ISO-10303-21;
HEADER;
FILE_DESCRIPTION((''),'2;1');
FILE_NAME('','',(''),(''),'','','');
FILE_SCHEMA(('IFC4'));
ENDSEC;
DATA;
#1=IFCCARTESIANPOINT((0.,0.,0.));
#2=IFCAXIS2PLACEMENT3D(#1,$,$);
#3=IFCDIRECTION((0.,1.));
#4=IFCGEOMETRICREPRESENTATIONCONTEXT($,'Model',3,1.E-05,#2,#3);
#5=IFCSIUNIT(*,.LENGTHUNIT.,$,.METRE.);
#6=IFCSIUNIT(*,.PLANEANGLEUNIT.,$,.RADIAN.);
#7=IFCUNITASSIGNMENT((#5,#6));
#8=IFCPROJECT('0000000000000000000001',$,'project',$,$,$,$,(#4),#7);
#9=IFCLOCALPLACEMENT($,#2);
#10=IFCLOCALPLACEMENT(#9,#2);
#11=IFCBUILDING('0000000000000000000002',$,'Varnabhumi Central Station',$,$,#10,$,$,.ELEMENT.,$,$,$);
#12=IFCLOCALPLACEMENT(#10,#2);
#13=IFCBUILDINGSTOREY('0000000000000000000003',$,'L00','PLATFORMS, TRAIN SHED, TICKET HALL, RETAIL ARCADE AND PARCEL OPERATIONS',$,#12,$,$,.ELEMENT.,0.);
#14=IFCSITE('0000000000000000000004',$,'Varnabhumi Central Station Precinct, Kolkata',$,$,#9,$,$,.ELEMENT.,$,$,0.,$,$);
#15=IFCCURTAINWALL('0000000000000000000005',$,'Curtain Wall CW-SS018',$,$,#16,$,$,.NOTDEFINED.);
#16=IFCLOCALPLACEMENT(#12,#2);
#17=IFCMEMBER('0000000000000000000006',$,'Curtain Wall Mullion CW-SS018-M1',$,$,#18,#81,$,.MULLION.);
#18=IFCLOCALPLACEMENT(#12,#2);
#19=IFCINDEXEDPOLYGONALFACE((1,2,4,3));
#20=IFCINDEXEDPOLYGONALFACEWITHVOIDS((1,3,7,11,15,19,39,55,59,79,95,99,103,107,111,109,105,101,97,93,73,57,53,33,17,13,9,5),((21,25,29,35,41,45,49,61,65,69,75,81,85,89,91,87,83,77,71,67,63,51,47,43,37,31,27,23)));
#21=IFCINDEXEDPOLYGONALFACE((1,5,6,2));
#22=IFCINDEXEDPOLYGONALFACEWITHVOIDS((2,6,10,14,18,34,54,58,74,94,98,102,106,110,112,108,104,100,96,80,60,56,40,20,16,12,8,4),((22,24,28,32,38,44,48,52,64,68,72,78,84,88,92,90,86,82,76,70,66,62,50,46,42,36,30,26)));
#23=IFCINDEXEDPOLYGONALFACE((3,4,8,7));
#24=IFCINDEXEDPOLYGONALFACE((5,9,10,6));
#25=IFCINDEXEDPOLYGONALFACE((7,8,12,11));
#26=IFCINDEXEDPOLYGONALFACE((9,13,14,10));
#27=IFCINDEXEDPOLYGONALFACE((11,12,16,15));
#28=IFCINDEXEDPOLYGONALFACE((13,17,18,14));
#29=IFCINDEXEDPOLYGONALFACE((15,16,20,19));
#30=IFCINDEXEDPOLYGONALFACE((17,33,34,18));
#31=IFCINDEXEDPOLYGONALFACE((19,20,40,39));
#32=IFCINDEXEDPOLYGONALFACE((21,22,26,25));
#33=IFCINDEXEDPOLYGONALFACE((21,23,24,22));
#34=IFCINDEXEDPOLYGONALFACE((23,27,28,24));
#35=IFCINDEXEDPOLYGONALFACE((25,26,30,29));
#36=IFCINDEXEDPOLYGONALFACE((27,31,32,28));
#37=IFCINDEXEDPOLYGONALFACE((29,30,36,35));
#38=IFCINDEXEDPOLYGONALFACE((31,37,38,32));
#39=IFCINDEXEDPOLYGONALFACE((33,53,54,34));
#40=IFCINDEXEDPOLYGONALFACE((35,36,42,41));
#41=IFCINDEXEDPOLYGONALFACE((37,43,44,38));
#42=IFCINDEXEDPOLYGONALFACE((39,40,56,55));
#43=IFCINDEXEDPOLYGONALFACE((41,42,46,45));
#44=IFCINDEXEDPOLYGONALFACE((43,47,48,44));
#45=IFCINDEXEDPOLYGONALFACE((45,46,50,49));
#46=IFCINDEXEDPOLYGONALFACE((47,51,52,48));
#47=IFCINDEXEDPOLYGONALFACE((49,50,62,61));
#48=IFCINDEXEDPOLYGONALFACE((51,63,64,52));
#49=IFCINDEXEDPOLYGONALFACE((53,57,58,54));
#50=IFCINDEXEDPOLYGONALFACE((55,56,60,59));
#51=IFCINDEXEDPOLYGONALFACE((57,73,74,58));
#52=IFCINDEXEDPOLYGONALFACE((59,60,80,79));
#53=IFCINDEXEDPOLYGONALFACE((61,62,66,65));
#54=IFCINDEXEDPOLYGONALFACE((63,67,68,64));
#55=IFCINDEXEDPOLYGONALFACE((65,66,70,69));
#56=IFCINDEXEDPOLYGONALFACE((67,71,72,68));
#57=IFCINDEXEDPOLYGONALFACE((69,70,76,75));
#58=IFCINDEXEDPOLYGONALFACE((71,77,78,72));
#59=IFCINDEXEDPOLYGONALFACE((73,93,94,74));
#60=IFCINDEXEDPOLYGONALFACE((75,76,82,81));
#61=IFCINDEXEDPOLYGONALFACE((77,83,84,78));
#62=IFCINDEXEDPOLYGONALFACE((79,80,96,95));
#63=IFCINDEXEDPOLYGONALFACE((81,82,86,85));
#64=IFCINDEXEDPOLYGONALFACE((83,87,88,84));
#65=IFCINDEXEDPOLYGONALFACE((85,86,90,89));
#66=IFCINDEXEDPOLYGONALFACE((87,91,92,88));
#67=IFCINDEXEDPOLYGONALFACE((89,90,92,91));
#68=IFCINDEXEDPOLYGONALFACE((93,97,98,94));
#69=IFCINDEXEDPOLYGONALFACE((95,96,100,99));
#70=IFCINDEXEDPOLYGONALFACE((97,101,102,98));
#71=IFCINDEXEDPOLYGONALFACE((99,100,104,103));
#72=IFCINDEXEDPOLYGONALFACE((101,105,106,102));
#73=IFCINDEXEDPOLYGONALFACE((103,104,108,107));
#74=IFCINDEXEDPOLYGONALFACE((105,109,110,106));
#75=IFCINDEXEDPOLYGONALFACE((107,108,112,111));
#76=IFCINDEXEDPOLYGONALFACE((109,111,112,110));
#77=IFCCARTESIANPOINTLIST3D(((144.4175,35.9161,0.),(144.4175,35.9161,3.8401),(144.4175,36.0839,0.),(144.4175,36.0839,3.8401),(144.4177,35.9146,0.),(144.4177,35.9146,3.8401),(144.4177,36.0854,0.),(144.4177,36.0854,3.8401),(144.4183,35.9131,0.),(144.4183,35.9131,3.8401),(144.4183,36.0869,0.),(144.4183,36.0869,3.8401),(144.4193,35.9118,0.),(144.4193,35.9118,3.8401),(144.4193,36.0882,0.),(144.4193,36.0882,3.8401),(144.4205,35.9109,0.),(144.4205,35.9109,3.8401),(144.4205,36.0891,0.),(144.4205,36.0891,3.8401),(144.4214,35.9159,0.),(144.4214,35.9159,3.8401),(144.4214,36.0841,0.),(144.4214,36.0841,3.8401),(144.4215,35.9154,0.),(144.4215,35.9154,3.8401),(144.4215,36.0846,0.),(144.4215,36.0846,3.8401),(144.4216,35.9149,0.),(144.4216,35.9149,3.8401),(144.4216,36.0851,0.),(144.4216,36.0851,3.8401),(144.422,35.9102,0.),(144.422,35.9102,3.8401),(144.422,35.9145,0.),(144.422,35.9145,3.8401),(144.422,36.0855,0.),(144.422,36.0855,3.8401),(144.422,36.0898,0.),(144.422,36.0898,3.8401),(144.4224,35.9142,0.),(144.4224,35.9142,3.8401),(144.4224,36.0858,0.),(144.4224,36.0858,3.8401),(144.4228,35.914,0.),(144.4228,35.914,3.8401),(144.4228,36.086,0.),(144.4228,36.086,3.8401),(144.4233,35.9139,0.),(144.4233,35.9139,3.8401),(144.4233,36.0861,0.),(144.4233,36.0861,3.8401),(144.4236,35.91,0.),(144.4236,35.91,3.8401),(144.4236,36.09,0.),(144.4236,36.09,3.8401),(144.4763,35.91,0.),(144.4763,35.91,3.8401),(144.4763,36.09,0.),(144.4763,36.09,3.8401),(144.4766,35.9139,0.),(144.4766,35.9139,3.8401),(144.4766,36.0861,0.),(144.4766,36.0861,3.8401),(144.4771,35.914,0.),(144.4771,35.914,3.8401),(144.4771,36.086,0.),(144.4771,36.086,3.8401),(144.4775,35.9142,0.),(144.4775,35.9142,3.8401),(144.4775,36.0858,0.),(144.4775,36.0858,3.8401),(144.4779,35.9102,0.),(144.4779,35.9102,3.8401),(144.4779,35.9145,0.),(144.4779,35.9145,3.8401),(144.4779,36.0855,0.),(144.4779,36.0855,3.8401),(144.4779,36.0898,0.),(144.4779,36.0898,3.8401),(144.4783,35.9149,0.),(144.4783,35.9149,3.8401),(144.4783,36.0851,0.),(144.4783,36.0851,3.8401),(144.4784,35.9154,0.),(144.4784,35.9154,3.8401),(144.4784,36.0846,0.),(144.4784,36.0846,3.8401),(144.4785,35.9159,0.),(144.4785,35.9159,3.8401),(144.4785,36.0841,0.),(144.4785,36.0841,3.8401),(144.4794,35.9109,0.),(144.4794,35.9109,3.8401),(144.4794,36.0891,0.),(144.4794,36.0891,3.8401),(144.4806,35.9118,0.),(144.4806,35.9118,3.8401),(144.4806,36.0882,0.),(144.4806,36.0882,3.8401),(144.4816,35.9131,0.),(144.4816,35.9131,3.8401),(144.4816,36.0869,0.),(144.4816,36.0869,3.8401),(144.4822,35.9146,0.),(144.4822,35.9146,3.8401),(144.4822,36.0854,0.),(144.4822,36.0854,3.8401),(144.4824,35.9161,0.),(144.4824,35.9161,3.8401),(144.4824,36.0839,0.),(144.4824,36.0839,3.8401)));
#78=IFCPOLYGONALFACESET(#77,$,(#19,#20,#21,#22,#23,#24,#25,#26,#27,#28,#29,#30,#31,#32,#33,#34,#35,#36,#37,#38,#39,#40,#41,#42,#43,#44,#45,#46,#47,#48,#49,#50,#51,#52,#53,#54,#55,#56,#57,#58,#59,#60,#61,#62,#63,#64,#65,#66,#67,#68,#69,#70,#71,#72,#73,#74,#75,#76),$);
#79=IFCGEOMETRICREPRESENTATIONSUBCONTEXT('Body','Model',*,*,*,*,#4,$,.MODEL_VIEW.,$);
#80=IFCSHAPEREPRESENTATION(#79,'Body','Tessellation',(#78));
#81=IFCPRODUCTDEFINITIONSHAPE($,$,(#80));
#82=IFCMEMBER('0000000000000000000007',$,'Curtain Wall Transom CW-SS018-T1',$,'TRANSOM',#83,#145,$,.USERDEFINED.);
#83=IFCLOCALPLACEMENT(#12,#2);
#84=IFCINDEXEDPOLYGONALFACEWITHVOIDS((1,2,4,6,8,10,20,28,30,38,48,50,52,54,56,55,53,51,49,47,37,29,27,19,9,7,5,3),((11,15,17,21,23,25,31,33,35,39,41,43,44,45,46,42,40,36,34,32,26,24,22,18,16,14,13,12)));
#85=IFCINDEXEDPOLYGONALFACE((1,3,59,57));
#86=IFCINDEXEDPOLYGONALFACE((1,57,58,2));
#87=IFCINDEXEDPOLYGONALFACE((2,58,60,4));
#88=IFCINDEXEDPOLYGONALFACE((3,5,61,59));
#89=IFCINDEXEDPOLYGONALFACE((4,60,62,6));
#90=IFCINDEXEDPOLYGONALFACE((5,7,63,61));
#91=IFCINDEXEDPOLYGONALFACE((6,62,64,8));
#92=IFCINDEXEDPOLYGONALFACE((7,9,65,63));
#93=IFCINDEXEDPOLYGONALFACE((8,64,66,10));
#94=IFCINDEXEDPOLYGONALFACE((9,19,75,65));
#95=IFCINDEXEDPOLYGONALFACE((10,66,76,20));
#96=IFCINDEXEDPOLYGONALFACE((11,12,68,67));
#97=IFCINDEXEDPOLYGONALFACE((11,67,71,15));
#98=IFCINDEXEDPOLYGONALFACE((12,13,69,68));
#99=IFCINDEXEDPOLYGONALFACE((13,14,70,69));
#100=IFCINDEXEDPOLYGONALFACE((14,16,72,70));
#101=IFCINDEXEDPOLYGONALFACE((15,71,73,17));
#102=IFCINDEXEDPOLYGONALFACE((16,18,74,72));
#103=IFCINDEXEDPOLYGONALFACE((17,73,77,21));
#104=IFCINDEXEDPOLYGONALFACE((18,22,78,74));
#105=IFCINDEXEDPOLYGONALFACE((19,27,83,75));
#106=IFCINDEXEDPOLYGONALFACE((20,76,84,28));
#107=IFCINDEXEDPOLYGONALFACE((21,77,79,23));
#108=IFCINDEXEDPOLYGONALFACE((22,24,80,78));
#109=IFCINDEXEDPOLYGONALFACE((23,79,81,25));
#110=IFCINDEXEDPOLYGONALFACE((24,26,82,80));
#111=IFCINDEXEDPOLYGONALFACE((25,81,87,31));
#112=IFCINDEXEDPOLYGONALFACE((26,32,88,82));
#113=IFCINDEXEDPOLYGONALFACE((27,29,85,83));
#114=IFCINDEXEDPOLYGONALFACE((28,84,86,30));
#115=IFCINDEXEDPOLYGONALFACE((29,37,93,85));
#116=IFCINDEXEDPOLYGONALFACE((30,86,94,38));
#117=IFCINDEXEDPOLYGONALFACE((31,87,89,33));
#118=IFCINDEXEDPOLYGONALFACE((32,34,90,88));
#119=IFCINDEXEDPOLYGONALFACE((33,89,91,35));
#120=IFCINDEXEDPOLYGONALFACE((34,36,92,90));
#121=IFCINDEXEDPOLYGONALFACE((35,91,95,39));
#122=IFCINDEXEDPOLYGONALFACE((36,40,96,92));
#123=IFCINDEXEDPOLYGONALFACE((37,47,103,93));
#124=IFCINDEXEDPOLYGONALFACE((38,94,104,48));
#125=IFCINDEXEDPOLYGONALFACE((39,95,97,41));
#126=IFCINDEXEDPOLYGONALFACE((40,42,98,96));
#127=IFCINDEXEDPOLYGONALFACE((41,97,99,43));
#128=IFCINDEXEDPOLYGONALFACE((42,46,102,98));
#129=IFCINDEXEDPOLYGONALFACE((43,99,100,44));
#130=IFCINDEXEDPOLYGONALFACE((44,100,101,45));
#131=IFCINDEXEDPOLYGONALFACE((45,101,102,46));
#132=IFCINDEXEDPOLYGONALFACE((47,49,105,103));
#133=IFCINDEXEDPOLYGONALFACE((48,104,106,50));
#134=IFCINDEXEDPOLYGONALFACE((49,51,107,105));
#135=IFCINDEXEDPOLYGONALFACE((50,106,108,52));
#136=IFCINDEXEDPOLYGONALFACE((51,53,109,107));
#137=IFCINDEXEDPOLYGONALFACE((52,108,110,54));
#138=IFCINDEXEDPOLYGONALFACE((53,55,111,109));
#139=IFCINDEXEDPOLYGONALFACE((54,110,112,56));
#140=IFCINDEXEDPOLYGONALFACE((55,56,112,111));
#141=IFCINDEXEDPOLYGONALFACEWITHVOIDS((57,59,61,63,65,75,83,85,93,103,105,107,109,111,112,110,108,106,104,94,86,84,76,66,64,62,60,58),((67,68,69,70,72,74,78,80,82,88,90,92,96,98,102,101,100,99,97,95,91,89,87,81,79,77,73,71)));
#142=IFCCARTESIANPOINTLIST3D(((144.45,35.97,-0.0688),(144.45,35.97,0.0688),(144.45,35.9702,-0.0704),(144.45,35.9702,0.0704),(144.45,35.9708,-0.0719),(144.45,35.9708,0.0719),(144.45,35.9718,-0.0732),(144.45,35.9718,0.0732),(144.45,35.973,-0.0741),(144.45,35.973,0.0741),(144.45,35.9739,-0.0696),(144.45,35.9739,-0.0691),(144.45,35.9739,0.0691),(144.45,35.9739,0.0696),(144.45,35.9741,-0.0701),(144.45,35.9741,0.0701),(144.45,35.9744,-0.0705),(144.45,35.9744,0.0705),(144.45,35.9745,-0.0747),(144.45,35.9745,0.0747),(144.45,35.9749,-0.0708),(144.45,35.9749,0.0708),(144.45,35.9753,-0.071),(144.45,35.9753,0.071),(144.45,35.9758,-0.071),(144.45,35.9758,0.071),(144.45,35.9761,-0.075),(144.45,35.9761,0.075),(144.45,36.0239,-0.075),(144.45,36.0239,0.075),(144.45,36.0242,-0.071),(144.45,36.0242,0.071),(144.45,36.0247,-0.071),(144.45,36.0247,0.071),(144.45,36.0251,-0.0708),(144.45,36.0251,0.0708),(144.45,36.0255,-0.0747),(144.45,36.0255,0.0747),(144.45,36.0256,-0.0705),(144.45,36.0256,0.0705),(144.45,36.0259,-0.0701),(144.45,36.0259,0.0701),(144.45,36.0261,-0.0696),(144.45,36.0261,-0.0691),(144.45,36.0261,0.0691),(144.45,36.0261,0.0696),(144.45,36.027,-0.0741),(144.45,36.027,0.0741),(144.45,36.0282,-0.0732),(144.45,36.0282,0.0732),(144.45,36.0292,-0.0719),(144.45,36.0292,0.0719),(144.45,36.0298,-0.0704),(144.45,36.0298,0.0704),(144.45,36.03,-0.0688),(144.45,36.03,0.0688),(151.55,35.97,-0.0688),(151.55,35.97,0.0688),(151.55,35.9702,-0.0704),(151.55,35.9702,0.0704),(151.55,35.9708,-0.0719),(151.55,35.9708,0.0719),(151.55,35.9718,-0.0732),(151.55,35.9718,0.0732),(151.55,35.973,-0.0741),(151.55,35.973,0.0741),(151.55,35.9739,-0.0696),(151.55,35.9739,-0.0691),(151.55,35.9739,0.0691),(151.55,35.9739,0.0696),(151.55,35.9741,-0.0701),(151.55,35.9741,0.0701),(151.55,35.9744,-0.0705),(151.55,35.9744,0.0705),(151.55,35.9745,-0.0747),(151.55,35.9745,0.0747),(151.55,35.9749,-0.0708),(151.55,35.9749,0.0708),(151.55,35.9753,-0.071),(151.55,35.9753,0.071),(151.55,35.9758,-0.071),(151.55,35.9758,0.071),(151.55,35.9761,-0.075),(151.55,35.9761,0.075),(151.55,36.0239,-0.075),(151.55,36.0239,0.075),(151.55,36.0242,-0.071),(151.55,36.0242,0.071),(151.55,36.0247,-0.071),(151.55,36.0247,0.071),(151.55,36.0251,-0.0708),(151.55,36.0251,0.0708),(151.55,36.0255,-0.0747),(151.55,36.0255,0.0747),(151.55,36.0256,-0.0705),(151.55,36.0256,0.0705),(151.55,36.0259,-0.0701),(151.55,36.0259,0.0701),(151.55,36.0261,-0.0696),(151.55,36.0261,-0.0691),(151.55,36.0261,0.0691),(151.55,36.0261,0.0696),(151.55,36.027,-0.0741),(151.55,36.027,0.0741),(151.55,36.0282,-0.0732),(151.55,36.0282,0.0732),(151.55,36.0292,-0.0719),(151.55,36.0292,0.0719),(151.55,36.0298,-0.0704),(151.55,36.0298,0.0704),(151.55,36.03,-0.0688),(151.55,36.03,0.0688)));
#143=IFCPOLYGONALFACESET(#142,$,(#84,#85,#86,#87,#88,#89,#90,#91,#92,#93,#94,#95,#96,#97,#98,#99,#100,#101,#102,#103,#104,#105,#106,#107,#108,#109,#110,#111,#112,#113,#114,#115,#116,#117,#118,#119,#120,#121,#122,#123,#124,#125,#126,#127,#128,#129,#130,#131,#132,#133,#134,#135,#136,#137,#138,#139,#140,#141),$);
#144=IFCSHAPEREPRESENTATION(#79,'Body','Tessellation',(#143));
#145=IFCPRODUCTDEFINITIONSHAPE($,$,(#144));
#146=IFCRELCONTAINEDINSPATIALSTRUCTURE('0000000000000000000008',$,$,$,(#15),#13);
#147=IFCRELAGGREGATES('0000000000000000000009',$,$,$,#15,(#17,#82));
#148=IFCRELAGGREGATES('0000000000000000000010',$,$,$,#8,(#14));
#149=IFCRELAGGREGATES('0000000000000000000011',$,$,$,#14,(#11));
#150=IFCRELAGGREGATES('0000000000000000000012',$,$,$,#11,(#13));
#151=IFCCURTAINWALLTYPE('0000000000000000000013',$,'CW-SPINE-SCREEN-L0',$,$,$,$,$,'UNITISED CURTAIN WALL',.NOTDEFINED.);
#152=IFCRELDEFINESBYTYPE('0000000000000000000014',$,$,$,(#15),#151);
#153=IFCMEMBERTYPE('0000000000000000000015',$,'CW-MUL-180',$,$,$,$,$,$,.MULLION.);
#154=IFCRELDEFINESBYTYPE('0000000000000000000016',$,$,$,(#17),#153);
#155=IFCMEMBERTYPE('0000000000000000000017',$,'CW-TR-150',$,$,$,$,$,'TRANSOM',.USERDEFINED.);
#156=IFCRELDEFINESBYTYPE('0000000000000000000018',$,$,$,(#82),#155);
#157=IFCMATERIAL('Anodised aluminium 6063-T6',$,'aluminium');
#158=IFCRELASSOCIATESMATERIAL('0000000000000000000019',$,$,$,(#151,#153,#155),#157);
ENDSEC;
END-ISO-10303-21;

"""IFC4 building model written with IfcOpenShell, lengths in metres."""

from ifc_helpers import new_model, si_unit, direction, frame, origin, origin_2d, place, context, subcontext, project, spatial, hollow_rectangle, extrude, material, material_profile, profile_set, type_object, element, aggregate, save


model = new_model("IFC4")

# Units and contexts
model_context = context("Model", 3, precision=1e-05, world=origin(), true_north=direction((0.0, 1.0)))
body_context = subcontext(model_context, "Body", "Model", "MODEL_VIEW")
ifc_project = project(units=[si_unit("LENGTHUNIT", "METRE"), si_unit("PLANEANGLEUNIT", "RADIAN")], contexts=[model_context])

# Site, building, storey
site_placement = place(None, origin())
site = spatial("IfcSite", under=ifc_project, at=site_placement, Name="Varnabhumi Central Station Precinct, Kolkata", CompositionType="ELEMENT", RefElevation=0.0)
building_placement = place(site_placement, origin())
building = spatial("IfcBuilding", under=site, at=building_placement, Name="Varnabhumi Central Station", CompositionType="ELEMENT")
storey_placement = place(building_placement, origin())
storey = spatial("IfcBuildingStorey", under=building, at=storey_placement, Name="L00", Description="PLATFORMS, TRAIN SHED, TICKET HALL, RETAIL ARCADE AND PARCEL OPERATIONS", CompositionType="ELEMENT", Elevation=0.0)

# Curtain wall, members
ifc_material_1 = material(Name="Anodised aluminium 6063-T6", Category="aluminium")
curtain_wall_type = type_object("IfcCurtainWallType", Name="CW-SPINE-SCREEN-L0", ElementType="UNITISED CURTAIN WALL", PredefinedType="NOTDEFINED", material=ifc_material_1)
curtain_wall_placement = place(storey_placement, origin())
curtain_wall = element("IfcCurtainWall", 1, at=curtain_wall_placement, inside=storey, type_object=curtain_wall_type, Name="Curtain Wall CW-SS018", PredefinedType="NOTDEFINED")
ifc_material_profile_1 = material_profile(ifc_material_1, hollow_rectangle(XDim=0.0649, YDim=0.1799, WallThickness=0.0039, InnerFilletRadius=0.002, OuterFilletRadius=0.0061, at=origin_2d()), Name="Anodised aluminium 6063-T6", Category="aluminium")
ifc_profile_set_1 = profile_set([ifc_material_profile_1], Name="Anodised aluminium 6063-T6")
member_type_1 = type_object("IfcMemberType", Name="CW-MUL-180", PredefinedType="MULLION", material=ifc_profile_set_1)
member_1_placement = place(storey_placement, frame((144.45, 36.0, 0.0), z_axis=(0.0, 0.0, 1.0), x_axis=(1.0, 0.0, 0.0)))
member_1 = element("IfcMember", 2, at=member_1_placement, type_object=member_type_1, Name="Curtain Wall Mullion CW-SS018-M1", PredefinedType="MULLION", context=body_context, shape_type="SweptSolid", body=[
    extrude(hollow_rectangle(XDim=0.0649, YDim=0.1799, WallThickness=0.0039, InnerFilletRadius=0.002, OuterFilletRadius=0.0061, at=origin_2d()), origin(), (0.0, 0.0, 1.0), 3.8401),
])
ifc_material_profile_2 = material_profile(ifc_material_1, hollow_rectangle(XDim=0.0601, YDim=0.1499, WallThickness=0.0039, InnerFilletRadius=0.002, OuterFilletRadius=0.0061, at=origin_2d()), Name="Anodised aluminium 6063-T6", Category="aluminium")
ifc_profile_set_2 = profile_set([ifc_material_profile_2], Name="Anodised aluminium 6063-T6")
member_type_2 = type_object("IfcMemberType", Name="CW-TR-150", ElementType="TRANSOM", PredefinedType="USERDEFINED", material=ifc_profile_set_2)
member_2_placement = place(storey_placement, frame((144.45, 36.0, 0.0), z_axis=(1.0, 0.0, 0.0), x_axis=(0.0, 1.0, 0.0)))
member_2 = element("IfcMember", 3, at=member_2_placement, type_object=member_type_2, Name="Curtain Wall Transom CW-SS018-T1", ObjectType="TRANSOM", PredefinedType="USERDEFINED", context=body_context, shape_type="SweptSolid", body=[
    extrude(hollow_rectangle(XDim=0.0601, YDim=0.1499, WallThickness=0.0039, InnerFilletRadius=0.002, OuterFilletRadius=0.0061, at=origin_2d()), origin(), (0.0, 0.0, 1.0), 7.1001),
])
aggregate(curtain_wall, [member_1, member_2])

save(model, "model.ifc")
